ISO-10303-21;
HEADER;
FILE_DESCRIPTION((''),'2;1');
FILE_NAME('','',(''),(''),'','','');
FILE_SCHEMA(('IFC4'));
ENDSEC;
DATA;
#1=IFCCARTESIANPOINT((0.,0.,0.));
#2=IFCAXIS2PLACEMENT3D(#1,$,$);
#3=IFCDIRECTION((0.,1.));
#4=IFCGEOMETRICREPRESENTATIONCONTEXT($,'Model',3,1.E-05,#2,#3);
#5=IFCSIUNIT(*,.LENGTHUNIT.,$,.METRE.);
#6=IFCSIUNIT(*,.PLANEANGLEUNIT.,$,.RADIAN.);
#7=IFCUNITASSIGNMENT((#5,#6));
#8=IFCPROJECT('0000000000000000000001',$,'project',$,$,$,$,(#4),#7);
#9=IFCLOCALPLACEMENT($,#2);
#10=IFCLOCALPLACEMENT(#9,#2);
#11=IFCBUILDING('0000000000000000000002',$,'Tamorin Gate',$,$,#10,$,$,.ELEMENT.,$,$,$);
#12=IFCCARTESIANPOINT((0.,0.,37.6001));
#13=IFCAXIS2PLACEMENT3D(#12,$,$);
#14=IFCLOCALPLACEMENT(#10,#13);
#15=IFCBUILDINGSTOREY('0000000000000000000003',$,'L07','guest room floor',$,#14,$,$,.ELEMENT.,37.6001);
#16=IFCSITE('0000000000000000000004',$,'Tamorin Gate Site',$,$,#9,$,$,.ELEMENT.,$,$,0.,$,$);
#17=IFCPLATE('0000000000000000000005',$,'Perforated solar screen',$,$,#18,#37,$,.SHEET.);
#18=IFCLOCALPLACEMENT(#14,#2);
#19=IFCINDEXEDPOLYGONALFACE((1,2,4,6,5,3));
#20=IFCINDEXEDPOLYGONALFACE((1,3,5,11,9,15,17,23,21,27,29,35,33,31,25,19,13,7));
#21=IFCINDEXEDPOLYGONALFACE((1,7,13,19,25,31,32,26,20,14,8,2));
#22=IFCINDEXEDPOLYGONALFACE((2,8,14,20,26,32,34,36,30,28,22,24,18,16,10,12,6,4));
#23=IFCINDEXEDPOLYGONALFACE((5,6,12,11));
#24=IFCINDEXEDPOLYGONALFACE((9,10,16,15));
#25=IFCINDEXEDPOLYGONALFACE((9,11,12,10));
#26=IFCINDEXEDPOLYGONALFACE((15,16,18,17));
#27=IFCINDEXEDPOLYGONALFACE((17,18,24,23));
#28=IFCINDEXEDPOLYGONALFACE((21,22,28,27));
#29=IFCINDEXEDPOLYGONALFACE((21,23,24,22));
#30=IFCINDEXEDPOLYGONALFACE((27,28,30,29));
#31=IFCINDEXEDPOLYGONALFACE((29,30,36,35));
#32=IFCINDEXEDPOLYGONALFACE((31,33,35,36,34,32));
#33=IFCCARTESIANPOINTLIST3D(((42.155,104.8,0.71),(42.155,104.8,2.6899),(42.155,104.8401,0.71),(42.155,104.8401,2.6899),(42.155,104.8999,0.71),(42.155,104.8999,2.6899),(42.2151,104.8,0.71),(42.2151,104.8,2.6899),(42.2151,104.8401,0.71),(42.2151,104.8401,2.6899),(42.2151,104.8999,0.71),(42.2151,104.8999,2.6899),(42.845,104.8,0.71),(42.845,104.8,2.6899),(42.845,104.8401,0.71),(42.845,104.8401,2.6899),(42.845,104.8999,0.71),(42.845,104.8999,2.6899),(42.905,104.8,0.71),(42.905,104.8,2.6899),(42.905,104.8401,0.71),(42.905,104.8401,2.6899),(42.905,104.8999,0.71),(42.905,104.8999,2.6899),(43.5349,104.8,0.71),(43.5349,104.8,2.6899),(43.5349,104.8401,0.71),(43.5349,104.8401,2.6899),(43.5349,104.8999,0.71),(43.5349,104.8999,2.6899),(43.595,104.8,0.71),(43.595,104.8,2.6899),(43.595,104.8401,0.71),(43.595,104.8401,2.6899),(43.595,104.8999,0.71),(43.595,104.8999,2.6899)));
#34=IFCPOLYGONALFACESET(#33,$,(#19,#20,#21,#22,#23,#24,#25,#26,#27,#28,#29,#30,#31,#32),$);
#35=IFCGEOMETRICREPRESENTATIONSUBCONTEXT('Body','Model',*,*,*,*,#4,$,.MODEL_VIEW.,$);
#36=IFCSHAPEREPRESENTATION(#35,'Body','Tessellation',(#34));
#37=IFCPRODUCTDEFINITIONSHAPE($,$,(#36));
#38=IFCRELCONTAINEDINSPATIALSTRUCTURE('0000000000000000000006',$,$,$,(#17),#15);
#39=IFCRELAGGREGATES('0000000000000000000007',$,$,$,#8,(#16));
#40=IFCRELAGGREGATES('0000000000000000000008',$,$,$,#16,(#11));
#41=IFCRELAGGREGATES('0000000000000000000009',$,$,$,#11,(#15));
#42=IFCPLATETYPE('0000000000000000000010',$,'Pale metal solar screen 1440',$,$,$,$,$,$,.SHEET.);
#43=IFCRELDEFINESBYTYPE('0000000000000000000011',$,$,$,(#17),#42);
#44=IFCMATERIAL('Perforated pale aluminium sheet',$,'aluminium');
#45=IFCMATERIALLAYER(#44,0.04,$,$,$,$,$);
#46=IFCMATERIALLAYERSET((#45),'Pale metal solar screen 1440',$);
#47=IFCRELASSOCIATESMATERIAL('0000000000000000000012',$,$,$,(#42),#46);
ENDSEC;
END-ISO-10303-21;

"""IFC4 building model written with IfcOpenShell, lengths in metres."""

from ifc_helpers import new_model, si_unit, direction, frame, origin, place, context, subcontext, project, spatial, polyline, outline, extrude, material, layer, layer_set, type_object, element, save


model = new_model("IFC4")

# Units and contexts
model_context = context("Model", 3, precision=1e-05, world=origin(), true_north=direction((0.0, 1.0)))
body_context = subcontext(model_context, "Body", "Model", "MODEL_VIEW")
ifc_project = project(units=[si_unit("LENGTHUNIT", "METRE"), si_unit("PLANEANGLEUNIT", "RADIAN")], contexts=[model_context])

# Site, building, storey
site_placement = place(None, origin())
site = spatial("IfcSite", under=ifc_project, at=site_placement, Name="Tamorin Gate Site", CompositionType="ELEMENT", RefElevation=0.0)
building_placement = place(site_placement, origin())
building = spatial("IfcBuilding", under=site, at=building_placement, Name="Tamorin Gate", CompositionType="ELEMENT")
storey_placement = place(building_placement, frame((0.0, 0.0, 37.6001)))
storey = spatial("IfcBuildingStorey", under=building, at=storey_placement, Name="L07", Description="guest room floor", CompositionType="ELEMENT", Elevation=37.6001)

# Plate
ifc_material = material(Name="Perforated pale aluminium sheet", Category="aluminium")
ifc_layer = layer(ifc_material, 0.04)
ifc_layer_set = layer_set([ifc_layer], Name="Pale metal solar screen 1440")
plate_type = type_object("IfcPlateType", Name="Pale metal solar screen 1440", PredefinedType="SHEET", material=ifc_layer_set)
plate_1_placement = place(storey_placement, frame((0.0, 0.0, 0.71)))
element("IfcPlate", 1, at=plate_1_placement, inside=storey, type_object=plate_type, Name="Perforated solar screen", PredefinedType="SHEET", context=body_context, shape_type="SweptSolid", body=[
    extrude(outline(polyline([(43.595, 104.8401), (43.595, 104.8), (43.5349, 104.8), (42.905, 104.8), (42.845, 104.8), (42.2151, 104.8), (42.155, 104.8), (42.155, 104.8401), (42.155, 104.8999), (42.2151, 104.8999), (42.2151, 104.8401), (42.845, 104.8401), (42.845, 104.8999), (42.905, 104.8999), (42.905, 104.8401), (43.5349, 104.8401), (43.5349, 104.8999), (43.595, 104.8999), (43.595, 104.8401)])), origin(), (0.0, 0.0, 1.0), 1.98),
])

save(model, "model.ifc")
